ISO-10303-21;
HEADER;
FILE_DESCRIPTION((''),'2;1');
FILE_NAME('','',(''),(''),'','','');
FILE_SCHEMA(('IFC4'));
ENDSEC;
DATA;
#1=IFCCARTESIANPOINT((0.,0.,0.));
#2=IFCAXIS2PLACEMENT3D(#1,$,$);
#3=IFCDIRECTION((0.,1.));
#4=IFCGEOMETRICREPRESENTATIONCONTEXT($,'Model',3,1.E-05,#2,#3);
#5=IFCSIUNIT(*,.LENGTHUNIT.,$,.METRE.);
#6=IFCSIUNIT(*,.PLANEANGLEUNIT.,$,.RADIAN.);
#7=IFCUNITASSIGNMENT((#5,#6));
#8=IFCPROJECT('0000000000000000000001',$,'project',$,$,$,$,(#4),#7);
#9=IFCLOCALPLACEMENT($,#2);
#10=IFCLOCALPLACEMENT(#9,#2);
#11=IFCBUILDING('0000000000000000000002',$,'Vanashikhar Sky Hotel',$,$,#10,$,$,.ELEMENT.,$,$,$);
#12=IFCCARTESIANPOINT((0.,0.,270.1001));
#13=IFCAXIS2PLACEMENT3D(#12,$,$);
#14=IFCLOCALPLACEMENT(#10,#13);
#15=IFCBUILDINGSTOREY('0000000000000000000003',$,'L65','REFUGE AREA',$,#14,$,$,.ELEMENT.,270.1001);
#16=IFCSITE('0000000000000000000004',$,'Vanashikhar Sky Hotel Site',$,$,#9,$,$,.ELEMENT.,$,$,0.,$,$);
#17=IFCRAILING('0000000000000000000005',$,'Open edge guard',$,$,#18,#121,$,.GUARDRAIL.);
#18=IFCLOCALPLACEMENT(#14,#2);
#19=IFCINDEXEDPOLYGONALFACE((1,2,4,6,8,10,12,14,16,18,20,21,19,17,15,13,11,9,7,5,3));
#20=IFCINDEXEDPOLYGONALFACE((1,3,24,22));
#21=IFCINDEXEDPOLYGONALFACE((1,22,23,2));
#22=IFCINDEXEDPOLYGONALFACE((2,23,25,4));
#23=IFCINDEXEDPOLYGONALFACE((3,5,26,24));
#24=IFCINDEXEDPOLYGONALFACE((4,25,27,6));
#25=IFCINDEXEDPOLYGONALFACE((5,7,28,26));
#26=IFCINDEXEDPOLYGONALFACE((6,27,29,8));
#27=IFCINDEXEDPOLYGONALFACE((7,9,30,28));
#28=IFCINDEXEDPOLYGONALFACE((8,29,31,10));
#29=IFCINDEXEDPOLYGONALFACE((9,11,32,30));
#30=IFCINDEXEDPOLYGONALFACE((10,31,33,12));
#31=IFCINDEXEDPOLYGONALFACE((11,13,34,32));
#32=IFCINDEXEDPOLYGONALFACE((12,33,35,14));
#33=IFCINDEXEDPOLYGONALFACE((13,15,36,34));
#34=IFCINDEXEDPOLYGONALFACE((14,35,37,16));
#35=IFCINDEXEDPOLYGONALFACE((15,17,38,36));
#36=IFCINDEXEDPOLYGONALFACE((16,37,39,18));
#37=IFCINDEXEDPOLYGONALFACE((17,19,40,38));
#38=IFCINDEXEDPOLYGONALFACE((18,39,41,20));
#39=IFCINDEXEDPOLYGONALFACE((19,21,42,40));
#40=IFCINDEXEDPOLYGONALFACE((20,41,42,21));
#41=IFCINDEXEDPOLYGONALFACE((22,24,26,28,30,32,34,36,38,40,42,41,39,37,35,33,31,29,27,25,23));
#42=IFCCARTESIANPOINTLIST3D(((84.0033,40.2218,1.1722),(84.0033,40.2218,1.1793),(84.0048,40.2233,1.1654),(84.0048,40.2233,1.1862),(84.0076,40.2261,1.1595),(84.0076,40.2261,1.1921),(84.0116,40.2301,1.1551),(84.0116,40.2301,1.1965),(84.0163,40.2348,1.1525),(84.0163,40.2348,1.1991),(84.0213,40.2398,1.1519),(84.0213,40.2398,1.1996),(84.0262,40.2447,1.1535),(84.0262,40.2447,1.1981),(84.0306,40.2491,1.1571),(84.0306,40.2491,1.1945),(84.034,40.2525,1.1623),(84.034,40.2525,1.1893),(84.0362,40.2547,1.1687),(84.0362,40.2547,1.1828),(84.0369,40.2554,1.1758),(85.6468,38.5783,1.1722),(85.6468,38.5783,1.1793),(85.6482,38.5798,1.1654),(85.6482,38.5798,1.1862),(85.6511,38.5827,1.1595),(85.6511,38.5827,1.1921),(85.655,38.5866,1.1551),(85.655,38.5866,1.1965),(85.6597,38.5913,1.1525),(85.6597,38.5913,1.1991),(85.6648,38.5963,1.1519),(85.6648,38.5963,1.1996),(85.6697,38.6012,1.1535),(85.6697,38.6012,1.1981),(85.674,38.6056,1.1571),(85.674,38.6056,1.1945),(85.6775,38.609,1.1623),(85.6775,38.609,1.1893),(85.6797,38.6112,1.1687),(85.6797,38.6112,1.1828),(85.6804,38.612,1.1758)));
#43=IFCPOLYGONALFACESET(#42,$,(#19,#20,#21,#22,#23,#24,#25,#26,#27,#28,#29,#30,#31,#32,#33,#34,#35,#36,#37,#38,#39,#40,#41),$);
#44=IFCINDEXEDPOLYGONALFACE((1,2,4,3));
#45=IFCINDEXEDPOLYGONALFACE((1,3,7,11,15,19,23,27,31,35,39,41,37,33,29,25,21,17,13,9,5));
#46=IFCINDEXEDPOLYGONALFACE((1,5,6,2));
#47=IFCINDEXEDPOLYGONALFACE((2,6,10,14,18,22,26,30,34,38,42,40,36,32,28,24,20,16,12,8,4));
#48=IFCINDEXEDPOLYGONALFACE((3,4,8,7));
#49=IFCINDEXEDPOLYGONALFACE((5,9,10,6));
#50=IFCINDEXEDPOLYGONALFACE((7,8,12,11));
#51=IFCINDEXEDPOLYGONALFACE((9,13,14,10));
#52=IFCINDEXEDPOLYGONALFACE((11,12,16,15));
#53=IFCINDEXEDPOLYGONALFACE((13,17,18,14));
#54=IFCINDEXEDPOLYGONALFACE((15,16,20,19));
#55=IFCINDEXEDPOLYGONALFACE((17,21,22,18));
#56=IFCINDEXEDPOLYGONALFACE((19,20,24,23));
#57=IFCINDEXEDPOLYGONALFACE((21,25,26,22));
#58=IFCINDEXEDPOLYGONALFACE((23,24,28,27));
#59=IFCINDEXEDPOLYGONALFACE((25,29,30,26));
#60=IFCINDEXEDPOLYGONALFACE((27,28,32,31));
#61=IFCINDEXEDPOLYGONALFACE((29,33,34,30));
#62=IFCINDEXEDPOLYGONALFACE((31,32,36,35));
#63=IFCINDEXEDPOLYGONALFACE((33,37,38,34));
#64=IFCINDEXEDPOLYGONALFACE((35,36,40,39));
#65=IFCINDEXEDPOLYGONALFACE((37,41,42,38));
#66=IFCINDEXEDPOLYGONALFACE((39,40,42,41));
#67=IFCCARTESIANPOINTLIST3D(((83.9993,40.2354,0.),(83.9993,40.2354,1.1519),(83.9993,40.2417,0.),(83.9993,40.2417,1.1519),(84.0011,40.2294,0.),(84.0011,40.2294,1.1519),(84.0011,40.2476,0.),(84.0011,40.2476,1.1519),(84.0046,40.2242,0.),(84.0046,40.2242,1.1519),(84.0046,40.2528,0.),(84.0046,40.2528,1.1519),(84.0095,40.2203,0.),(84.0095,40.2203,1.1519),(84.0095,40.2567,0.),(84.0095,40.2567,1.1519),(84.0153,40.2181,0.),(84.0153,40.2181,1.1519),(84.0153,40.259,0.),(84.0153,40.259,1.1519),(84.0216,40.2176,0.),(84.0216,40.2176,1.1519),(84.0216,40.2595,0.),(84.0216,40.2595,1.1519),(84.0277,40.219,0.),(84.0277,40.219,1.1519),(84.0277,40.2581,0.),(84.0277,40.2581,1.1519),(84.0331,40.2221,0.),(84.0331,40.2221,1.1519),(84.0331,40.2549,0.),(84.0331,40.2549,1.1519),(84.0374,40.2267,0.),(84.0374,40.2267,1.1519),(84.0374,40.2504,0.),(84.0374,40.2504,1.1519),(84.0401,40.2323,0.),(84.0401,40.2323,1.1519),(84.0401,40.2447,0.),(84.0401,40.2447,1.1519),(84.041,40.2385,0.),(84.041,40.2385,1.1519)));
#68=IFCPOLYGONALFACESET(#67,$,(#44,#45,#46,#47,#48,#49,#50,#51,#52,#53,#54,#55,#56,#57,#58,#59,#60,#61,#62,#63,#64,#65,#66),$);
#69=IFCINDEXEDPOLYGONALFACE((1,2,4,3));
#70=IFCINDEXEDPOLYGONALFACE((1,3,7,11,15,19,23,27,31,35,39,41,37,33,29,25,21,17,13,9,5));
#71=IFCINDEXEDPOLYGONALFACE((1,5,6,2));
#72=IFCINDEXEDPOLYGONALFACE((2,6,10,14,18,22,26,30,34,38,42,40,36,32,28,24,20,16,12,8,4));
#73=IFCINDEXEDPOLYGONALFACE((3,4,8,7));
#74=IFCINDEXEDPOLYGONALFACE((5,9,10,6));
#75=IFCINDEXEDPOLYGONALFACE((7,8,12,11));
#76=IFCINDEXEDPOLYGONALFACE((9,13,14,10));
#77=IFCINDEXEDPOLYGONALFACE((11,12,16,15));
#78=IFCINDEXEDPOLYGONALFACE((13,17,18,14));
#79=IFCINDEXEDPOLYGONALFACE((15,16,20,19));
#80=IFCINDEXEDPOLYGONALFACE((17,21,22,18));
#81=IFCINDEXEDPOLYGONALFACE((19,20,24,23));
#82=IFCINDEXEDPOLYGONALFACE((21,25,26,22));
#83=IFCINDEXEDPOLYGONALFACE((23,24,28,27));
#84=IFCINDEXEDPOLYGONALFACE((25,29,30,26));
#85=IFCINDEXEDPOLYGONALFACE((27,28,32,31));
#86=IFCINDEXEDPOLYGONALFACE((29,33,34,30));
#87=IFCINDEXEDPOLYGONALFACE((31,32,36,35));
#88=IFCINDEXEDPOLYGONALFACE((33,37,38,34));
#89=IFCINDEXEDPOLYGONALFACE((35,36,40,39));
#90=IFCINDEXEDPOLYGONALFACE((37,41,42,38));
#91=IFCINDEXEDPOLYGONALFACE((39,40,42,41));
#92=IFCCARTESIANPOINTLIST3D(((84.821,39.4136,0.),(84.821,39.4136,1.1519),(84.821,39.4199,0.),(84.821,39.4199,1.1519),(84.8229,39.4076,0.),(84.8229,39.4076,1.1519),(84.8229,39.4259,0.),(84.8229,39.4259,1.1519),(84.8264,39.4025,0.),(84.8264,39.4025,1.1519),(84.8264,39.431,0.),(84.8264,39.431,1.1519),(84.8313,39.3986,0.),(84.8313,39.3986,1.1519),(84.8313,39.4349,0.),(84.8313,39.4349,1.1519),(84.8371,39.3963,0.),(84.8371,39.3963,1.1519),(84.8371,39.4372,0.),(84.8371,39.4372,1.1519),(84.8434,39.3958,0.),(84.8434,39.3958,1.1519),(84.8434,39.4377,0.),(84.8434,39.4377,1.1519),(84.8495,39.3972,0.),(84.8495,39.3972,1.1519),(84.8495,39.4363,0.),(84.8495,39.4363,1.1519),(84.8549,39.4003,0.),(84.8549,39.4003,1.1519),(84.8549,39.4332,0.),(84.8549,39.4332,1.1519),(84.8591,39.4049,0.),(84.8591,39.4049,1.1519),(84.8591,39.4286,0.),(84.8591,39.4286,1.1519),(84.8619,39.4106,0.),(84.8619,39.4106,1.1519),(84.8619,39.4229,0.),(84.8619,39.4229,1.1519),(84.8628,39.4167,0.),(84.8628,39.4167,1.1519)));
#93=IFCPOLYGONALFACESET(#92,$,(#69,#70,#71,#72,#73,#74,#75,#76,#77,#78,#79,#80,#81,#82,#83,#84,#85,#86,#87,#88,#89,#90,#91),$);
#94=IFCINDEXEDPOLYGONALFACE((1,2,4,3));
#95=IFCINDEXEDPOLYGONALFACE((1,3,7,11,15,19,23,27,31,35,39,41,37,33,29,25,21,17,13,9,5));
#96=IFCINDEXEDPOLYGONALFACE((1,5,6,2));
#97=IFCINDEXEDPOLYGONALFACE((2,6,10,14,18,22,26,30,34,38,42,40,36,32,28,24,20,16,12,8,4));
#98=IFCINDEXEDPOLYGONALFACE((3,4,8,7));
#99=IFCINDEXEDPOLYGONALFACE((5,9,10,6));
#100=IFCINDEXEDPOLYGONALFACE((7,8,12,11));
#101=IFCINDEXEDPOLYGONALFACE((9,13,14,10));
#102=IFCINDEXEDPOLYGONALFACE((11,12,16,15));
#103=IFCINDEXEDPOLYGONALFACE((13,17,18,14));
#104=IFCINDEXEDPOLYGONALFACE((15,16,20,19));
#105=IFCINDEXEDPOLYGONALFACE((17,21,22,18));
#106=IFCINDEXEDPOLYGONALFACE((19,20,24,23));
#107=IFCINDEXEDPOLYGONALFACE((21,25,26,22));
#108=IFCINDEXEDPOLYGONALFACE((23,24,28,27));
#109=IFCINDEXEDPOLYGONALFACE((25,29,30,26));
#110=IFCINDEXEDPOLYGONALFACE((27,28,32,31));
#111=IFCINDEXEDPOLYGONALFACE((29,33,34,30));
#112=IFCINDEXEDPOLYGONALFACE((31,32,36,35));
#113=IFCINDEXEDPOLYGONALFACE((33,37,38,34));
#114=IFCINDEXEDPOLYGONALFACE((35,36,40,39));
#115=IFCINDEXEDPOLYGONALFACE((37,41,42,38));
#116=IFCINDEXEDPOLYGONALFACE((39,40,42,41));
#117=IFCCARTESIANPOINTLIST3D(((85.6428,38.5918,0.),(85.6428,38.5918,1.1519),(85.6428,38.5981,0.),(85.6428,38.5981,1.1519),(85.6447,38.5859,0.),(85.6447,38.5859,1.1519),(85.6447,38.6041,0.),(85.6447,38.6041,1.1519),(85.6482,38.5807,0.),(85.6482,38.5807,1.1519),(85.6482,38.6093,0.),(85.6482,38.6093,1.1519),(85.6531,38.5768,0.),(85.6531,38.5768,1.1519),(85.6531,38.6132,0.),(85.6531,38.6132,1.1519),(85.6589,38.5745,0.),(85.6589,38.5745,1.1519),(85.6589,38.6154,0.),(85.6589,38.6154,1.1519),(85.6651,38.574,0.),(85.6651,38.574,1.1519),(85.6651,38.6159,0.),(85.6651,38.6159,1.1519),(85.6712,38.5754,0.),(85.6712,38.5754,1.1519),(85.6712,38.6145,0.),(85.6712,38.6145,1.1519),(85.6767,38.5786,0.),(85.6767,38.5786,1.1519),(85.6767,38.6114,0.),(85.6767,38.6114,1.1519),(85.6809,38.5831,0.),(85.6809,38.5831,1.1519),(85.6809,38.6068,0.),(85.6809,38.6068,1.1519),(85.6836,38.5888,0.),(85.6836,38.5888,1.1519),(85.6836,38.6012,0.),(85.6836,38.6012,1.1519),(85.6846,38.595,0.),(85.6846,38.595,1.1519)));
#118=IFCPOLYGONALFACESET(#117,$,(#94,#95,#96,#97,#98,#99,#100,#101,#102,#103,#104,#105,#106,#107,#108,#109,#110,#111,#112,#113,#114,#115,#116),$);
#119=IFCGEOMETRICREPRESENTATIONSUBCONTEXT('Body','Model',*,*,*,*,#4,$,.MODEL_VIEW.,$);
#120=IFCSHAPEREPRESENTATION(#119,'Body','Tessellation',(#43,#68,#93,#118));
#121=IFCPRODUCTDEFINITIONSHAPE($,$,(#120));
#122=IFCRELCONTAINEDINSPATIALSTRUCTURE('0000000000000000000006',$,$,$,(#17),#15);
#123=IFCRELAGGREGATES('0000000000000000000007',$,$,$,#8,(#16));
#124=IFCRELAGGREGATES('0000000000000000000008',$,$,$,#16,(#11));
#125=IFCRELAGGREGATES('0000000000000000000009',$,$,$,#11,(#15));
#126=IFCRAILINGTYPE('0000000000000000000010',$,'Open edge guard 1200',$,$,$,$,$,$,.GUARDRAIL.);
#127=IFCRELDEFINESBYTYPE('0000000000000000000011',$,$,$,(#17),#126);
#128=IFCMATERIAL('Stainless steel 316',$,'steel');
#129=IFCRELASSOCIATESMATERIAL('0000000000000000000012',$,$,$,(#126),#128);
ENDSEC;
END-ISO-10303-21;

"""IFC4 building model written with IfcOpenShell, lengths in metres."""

from ifc_helpers import new_model, si_unit, direction, frame, origin, origin_2d, place, context, subcontext, project, spatial, circle, extrude, source, transform, mapped, material, type_object, element, save


model = new_model("IFC4")

# Units and contexts
model_context = context("Model", 3, precision=1e-05, world=origin(), true_north=direction((0.0, 1.0)))
body_context = subcontext(model_context, "Body", "Model", "MODEL_VIEW")
ifc_project = project(units=[si_unit("LENGTHUNIT", "METRE"), si_unit("PLANEANGLEUNIT", "RADIAN")], contexts=[model_context])

# Site, building, storey
site_placement = place(None, origin())
site = spatial("IfcSite", under=ifc_project, at=site_placement, Name="Vanashikhar Sky Hotel Site", CompositionType="ELEMENT", RefElevation=0.0)
building_placement = place(site_placement, origin())
building = spatial("IfcBuilding", under=site, at=building_placement, Name="Vanashikhar Sky Hotel", CompositionType="ELEMENT")
storey_placement = place(building_placement, frame((0.0, 0.0, 270.1001)))
storey = spatial("IfcBuildingStorey", under=building, at=storey_placement, Name="L65", Description="REFUGE AREA", CompositionType="ELEMENT", Elevation=270.1001)

# Shared definitions
ifc_material_1 = material(Name="Stainless steel 316", Category="steel")
railing_type = type_object("IfcRailingType", Name="Open edge guard 1200", PredefinedType="GUARDRAIL", material=ifc_material_1)

# Railing
shared_shape_1 = source(origin(), body_context, "Body", "SweptSolid", [
    extrude(circle(Radius=0.0239, at=origin_2d()), frame((0.0, 0.0, 1.1758), z_axis=(0.707107, -0.707107, 0.0), x_axis=(0.707107, 0.707107, 0.0)), (0.0, 0.0, 1.0), 2.3242),
    extrude(circle(Radius=0.021, at=origin_2d()), origin(), (0.0, 0.0, 1.0), 1.1519),
    extrude(circle(Radius=0.021, at=origin_2d()), frame((0.8218, -0.8218, 0.0)), (0.0, 0.0, 1.0), 1.1519),
    extrude(circle(Radius=0.021, at=origin_2d()), frame((1.6436, -1.6436, 0.0)), (0.0, 0.0, 1.0), 1.1519),
])
railing_1_placement = place(storey_placement, frame((84.02, 40.2385, 0.0)))
element("IfcRailing", 1, at=railing_1_placement, inside=storey, type_object=railing_type, Name="Open edge guard", PredefinedType="GUARDRAIL", context=body_context, shape_type="MappedRepresentation", body=[
    mapped(shared_shape_1, transform((0.0, 0.0, 0.0), scale=1.0)),
])

save(model, "model.ifc")
